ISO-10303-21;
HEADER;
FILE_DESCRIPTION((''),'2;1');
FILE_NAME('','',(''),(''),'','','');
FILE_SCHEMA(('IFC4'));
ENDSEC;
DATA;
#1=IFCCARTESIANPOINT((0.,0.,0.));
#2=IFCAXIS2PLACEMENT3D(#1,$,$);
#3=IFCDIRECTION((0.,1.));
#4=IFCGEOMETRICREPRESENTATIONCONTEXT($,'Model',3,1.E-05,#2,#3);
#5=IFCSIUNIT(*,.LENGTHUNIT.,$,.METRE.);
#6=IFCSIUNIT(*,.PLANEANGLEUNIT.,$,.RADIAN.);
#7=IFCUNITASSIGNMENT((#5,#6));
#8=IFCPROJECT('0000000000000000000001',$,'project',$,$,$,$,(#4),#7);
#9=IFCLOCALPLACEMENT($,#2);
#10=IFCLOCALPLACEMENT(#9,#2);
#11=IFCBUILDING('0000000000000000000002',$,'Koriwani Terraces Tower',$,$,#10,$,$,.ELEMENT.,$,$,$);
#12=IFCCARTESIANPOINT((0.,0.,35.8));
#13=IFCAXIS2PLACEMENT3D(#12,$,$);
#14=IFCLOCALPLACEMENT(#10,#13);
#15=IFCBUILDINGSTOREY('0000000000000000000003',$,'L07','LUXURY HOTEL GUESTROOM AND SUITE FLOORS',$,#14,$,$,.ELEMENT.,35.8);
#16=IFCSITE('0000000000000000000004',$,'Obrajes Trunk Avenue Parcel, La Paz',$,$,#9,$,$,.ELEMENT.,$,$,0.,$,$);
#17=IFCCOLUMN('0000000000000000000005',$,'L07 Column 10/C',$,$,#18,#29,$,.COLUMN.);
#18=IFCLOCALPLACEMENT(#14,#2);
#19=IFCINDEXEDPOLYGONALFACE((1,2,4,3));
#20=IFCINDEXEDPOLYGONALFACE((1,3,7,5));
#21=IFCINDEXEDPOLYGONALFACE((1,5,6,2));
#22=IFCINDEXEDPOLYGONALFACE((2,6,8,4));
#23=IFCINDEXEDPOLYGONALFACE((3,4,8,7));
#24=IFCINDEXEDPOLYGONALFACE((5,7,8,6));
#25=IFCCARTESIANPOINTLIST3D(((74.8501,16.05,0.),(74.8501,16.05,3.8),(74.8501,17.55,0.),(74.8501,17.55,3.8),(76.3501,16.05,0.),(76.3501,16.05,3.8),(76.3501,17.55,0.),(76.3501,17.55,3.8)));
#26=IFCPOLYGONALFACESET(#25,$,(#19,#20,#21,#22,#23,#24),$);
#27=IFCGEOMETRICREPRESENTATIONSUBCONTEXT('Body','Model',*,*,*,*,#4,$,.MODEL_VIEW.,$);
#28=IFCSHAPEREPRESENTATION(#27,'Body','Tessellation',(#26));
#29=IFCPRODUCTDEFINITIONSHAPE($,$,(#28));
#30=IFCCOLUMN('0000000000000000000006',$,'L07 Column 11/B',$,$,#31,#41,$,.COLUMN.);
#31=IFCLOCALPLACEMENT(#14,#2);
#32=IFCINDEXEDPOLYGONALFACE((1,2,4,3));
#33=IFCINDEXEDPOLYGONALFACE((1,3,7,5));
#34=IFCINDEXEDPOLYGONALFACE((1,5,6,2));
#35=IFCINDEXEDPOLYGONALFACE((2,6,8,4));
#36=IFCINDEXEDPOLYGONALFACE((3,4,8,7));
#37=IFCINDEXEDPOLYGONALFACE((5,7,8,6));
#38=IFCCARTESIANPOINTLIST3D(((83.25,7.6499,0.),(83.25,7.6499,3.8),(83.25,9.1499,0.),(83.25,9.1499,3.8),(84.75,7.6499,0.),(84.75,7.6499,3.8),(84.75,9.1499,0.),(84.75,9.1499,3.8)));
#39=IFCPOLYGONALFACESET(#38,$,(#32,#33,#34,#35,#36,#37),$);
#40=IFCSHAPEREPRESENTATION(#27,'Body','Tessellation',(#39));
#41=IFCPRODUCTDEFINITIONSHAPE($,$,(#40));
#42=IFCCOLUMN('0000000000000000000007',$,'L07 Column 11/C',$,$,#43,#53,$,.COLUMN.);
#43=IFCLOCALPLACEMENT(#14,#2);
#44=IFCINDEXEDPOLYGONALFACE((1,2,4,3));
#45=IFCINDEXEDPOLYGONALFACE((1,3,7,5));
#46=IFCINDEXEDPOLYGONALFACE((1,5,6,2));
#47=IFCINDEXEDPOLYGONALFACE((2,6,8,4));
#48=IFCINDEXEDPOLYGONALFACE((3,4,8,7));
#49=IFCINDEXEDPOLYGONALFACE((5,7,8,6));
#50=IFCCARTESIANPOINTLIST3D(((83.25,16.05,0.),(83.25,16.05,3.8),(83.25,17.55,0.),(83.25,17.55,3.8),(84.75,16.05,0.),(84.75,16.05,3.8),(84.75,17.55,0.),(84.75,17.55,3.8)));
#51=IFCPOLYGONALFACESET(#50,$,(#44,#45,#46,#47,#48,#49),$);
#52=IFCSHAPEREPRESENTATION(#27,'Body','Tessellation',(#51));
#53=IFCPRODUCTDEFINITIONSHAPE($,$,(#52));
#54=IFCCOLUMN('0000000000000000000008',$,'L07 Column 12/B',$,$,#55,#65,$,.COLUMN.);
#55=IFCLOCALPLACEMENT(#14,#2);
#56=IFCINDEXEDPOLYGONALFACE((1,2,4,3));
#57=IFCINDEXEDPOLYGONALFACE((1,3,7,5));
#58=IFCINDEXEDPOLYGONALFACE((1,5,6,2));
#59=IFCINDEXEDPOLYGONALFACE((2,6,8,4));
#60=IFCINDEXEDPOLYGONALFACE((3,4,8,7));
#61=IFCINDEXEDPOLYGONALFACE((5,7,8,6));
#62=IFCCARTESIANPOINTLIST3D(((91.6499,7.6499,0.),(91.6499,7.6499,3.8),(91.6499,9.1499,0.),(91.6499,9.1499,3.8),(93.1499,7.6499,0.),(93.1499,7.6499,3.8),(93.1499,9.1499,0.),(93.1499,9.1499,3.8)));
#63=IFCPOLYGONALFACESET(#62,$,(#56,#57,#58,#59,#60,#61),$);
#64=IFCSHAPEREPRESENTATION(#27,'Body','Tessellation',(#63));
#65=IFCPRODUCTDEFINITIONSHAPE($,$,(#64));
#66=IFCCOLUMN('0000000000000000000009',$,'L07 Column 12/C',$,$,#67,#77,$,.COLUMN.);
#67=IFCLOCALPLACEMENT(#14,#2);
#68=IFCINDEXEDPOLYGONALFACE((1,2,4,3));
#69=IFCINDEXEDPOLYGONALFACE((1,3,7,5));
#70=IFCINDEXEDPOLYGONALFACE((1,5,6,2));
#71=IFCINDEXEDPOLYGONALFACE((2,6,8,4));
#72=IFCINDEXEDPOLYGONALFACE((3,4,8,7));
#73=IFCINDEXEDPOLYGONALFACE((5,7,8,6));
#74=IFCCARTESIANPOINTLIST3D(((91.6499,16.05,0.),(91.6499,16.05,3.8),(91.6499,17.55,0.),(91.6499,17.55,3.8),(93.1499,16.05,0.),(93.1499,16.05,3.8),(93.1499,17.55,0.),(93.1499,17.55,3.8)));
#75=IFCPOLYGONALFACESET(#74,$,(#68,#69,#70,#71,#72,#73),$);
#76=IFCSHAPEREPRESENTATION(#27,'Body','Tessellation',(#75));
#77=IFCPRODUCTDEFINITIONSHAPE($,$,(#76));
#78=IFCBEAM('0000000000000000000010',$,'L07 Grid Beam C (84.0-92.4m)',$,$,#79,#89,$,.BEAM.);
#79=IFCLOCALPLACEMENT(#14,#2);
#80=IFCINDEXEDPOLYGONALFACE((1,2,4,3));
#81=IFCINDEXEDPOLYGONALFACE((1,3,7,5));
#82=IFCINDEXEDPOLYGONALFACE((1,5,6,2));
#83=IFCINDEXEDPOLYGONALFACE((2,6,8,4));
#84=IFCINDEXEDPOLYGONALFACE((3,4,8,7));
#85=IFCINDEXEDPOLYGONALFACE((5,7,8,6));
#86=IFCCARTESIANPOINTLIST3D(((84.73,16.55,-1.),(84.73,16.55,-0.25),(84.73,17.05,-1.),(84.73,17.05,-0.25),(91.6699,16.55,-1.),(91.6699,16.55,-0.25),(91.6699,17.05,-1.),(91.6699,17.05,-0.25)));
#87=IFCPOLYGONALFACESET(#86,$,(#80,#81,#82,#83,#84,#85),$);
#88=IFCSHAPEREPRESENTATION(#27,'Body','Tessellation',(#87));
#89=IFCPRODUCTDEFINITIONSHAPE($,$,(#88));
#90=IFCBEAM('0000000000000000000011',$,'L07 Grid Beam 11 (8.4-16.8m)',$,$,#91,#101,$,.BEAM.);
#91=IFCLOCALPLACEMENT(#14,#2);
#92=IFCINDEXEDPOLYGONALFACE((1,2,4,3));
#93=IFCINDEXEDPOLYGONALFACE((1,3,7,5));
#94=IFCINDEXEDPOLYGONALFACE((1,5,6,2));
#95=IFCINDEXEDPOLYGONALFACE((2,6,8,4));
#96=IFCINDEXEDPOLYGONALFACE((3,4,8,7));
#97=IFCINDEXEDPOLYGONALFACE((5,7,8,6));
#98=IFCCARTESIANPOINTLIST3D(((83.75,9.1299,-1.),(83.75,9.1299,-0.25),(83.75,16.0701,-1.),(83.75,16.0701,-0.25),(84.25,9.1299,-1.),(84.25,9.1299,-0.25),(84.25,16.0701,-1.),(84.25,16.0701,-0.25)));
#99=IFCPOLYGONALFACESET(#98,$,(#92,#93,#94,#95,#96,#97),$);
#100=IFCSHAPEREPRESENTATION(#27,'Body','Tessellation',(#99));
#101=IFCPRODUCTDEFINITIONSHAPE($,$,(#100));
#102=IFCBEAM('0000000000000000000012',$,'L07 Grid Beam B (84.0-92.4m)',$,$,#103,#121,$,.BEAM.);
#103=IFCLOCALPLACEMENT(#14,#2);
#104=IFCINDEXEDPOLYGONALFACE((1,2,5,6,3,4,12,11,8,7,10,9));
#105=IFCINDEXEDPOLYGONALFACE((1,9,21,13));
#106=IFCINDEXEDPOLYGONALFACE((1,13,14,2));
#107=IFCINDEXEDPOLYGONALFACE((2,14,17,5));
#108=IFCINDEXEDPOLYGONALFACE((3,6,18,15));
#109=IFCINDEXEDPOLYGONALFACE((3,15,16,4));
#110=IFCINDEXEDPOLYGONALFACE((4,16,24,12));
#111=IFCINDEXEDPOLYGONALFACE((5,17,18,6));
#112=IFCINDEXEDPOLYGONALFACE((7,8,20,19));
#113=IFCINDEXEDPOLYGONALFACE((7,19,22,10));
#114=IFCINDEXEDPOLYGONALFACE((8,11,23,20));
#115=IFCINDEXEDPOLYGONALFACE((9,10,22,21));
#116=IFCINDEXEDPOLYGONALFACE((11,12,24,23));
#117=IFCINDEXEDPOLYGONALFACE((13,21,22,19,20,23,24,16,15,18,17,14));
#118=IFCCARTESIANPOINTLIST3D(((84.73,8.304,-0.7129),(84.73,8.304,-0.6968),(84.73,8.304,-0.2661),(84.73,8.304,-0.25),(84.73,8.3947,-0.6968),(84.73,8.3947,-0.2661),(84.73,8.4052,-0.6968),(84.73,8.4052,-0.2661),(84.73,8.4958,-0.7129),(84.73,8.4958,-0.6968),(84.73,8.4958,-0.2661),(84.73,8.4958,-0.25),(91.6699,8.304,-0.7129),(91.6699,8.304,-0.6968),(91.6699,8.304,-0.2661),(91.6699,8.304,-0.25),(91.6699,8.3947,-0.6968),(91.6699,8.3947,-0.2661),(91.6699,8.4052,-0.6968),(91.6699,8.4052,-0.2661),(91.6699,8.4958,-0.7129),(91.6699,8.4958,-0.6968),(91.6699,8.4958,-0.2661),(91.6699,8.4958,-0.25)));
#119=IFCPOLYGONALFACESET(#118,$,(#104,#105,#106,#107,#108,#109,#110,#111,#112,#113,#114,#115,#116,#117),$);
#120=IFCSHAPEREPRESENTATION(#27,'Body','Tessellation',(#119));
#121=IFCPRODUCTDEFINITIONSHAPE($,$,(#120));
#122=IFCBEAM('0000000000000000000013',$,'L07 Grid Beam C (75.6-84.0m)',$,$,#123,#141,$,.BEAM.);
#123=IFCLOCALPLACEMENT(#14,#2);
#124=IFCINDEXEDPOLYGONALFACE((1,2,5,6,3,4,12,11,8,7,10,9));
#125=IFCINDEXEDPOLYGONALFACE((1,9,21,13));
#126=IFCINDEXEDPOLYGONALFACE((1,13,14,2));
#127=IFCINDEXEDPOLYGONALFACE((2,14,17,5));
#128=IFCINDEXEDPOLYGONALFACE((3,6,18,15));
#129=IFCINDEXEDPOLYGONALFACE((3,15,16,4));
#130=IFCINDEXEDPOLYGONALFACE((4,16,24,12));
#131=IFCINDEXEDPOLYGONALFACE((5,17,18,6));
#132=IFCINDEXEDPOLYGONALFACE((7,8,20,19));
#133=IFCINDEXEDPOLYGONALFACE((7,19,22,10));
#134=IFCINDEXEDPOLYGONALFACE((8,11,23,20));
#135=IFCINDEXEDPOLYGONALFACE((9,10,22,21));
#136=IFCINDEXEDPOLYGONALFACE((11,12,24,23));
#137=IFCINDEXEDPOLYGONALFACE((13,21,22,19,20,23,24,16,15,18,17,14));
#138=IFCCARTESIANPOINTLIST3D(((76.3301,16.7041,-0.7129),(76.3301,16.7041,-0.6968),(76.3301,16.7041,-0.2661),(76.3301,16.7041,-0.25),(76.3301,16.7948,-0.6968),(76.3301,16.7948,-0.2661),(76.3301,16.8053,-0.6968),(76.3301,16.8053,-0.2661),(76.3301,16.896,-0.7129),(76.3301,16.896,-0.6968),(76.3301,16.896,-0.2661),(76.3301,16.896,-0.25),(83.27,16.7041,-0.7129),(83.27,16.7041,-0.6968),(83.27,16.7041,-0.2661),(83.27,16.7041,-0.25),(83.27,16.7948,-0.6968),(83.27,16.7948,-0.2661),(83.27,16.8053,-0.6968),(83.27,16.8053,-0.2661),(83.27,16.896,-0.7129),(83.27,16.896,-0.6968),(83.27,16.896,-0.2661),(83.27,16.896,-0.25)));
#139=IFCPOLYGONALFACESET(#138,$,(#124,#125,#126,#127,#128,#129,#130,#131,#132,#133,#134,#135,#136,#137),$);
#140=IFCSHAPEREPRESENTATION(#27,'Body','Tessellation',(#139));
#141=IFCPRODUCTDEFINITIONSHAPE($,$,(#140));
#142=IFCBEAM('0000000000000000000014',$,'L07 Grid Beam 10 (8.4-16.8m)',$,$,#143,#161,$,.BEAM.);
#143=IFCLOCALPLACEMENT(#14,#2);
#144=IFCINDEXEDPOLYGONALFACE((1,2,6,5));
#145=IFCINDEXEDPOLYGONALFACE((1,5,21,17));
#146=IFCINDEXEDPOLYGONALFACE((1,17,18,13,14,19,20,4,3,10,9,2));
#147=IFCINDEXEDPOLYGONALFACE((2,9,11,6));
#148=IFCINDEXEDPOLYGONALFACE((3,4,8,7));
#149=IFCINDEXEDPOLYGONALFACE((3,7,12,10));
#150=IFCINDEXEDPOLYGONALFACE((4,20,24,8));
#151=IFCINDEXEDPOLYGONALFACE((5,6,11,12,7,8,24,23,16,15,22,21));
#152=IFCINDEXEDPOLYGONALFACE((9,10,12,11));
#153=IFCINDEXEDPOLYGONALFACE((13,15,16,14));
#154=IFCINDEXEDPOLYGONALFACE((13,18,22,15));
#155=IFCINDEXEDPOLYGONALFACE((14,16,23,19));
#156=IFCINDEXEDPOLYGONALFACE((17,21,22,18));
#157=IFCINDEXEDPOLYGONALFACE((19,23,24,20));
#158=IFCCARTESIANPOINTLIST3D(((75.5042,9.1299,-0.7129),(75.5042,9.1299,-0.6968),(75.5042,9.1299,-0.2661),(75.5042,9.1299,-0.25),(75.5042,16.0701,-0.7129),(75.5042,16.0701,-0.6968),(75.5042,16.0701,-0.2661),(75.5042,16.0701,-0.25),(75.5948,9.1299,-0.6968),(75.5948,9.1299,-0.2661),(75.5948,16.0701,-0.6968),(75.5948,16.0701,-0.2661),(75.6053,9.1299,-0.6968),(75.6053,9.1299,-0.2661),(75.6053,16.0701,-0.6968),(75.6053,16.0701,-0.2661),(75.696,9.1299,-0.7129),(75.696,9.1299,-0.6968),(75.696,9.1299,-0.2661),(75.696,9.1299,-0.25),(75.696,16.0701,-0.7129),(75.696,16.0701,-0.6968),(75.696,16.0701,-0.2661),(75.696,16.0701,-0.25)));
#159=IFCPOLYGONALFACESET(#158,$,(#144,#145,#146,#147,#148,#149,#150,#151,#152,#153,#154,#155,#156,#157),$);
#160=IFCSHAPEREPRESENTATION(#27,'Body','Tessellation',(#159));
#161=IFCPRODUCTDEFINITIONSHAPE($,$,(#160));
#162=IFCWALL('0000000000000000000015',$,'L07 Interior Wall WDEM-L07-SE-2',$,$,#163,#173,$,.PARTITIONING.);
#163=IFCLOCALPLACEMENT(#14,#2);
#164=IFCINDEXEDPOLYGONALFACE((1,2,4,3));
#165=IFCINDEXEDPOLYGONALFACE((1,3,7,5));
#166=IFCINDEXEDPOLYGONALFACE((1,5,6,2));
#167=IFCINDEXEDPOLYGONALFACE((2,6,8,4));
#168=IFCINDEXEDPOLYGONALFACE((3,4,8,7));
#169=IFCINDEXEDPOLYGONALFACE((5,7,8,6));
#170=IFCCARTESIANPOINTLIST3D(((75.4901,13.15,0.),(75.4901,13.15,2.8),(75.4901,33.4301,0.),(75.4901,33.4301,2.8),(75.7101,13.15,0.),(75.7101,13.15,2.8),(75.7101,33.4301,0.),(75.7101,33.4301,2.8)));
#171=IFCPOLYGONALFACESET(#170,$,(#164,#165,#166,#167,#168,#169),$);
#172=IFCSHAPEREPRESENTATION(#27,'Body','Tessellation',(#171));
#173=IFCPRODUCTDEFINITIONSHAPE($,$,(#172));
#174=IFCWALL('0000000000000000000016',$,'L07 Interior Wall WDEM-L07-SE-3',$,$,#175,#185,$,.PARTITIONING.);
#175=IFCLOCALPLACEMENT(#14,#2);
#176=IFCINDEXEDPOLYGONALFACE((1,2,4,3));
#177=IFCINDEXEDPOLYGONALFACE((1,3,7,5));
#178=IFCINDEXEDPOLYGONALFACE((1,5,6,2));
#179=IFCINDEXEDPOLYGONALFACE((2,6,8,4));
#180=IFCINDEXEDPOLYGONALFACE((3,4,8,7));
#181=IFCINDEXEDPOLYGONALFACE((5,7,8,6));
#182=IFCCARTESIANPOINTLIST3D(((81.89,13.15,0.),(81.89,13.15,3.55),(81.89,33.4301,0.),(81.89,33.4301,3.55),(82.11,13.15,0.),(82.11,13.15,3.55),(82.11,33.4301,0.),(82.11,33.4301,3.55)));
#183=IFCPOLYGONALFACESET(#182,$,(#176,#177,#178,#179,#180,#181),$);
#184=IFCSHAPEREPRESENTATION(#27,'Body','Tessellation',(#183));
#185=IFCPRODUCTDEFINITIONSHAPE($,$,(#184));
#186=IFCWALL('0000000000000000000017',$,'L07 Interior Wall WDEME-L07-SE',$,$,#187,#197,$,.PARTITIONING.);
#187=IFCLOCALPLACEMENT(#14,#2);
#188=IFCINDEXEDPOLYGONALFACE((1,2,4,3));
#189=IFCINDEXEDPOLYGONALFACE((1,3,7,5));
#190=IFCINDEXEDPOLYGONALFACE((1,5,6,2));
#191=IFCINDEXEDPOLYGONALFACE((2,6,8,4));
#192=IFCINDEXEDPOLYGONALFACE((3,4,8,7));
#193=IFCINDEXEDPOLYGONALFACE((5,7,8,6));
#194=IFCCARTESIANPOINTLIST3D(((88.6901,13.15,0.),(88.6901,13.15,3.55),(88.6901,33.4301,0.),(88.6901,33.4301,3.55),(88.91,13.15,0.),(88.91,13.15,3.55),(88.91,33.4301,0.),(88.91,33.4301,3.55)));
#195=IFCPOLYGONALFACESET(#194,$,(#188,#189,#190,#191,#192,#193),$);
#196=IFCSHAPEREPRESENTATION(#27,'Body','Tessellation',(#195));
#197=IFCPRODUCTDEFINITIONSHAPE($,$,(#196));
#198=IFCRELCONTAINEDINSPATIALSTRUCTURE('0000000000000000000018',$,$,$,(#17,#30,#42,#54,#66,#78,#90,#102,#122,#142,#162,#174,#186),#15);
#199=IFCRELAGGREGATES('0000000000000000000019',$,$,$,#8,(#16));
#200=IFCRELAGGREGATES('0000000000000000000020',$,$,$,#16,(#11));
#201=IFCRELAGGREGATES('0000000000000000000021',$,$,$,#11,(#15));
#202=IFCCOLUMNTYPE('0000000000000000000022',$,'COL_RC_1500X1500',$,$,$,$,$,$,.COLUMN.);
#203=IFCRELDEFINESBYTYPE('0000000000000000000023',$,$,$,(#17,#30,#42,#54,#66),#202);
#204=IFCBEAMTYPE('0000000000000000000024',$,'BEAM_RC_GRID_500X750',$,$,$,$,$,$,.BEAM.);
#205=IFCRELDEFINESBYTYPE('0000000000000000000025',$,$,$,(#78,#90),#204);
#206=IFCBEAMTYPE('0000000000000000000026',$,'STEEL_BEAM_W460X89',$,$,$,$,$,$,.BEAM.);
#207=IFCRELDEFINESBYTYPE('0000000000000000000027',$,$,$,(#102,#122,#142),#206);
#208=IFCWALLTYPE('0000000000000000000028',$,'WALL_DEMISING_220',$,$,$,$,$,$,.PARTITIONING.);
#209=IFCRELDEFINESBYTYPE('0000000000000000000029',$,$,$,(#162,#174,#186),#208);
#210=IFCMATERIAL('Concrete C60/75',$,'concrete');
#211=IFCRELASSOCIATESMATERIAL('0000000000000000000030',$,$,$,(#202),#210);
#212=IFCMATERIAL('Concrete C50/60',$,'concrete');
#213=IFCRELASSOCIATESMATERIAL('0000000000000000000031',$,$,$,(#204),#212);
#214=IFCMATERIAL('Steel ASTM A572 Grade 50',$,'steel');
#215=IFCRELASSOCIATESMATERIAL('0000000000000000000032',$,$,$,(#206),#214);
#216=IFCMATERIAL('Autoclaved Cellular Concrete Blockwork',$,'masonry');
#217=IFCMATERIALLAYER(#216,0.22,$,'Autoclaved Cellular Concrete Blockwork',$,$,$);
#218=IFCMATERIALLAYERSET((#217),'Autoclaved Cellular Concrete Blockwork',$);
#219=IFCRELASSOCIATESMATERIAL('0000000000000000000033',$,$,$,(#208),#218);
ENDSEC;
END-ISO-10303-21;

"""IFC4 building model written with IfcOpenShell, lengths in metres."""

from ifc_helpers import new_model, si_unit, direction, frame, frame_2d, origin, origin_2d, place, context, subcontext, project, spatial, rectangle, i_section, extrude, material, layer, layer_set, material_profile, profile_set, type_object, element, save


model = new_model("IFC4")

# Units and contexts
model_context = context("Model", 3, precision=1e-05, world=origin(), true_north=direction((0.0, 1.0)))
body_context = subcontext(model_context, "Body", "Model", "MODEL_VIEW")
ifc_project = project(units=[si_unit("LENGTHUNIT", "METRE"), si_unit("PLANEANGLEUNIT", "RADIAN")], contexts=[model_context])

# Site, building, storey
site_placement = place(None, origin())
site = spatial("IfcSite", under=ifc_project, at=site_placement, Name="Obrajes Trunk Avenue Parcel, La Paz", CompositionType="ELEMENT", RefElevation=0.0)
building_placement = place(site_placement, origin())
building = spatial("IfcBuilding", under=site, at=building_placement, Name="Koriwani Terraces Tower", CompositionType="ELEMENT")
storey_placement = place(building_placement, frame((0.0, 0.0, 35.8)))
storey = spatial("IfcBuildingStorey", under=building, at=storey_placement, Name="L07", Description="LUXURY HOTEL GUESTROOM AND SUITE FLOORS", CompositionType="ELEMENT", Elevation=35.8)

# Columns
ifc_material_1 = material(Name="Concrete C60/75", Category="concrete")
ifc_material_profile_1 = material_profile(ifc_material_1, rectangle(XDim=1.5, YDim=1.5, at=origin_2d()), Name="Concrete C60/75", Category="LoadBearing")
ifc_profile_set_1 = profile_set([ifc_material_profile_1], Name="Concrete C60/75")
column_type = type_object("IfcColumnType", Name="COL_RC_1500X1500", PredefinedType="COLUMN", material=ifc_profile_set_1)
for number, where, z_axis, x_axis, name in (
    (1, (75.6001, 16.8, 0.0), (0.0, 0.0, 1.0), (1.0, 0.0, 0.0), "L07 Column 10/C"),
    (2, (84.0, 8.3999, 0.0), (0.0, 0.0, 1.0), (1.0, 0.0, 0.0), "L07 Column 11/B"),
    (3, (84.0, 16.8, 0.0), (0.0, 0.0, 1.0), (1.0, 0.0, 0.0), "L07 Column 11/C"),
    (4, (92.3999, 8.3999, 0.0), (0.0, 0.0, 1.0), (1.0, 0.0, 0.0), "L07 Column 12/B"),
    (5, (92.3999, 16.8, 0.0), (0.0, 0.0, 1.0), (1.0, 0.0, 0.0), "L07 Column 12/C"),
):
    element("IfcColumn", number, at=place(storey_placement, frame(where, z_axis=z_axis, x_axis=x_axis)), inside=storey, type_object=column_type, Name=name, PredefinedType="COLUMN", context=body_context, shape_type="SweptSolid", body=[
        extrude(rectangle(XDim=1.5, YDim=1.5, at=origin_2d()), origin(), (0.0, 0.0, 1.0), 3.8),
    ])

# Beams
ifc_material_2 = material(Name="Concrete C50/60", Category="concrete")
ifc_material_profile_2 = material_profile(ifc_material_2, rectangle(XDim=0.5, YDim=0.75, at=origin_2d()), Name="Concrete C50/60", Category="LoadBearing")
ifc_profile_set_2 = profile_set([ifc_material_profile_2], Name="Concrete C50/60")
beam_type_1 = type_object("IfcBeamType", Name="BEAM_RC_GRID_500X750", PredefinedType="BEAM", material=ifc_profile_set_2)
beam_1_placement = place(storey_placement, frame((84.73, 16.8, -0.625), z_axis=(1.0, 0.0, 0.0), x_axis=(0.0, 1.0, 0.0)))
element("IfcBeam", 6, at=beam_1_placement, inside=storey, type_object=beam_type_1, Name="L07 Grid Beam C (84.0-92.4m)", PredefinedType="BEAM", context=body_context, shape_type="SweptSolid", body=[
    extrude(rectangle(XDim=0.5, YDim=0.75, at=origin_2d()), origin(), (0.0, 0.0, 1.0), 6.9399),
])
beam_2_placement = place(storey_placement, frame((84.0, 9.1299, -0.625), z_axis=(0.0, 1.0, 0.0), x_axis=(-1.0, 0.0, 0.0)))
element("IfcBeam", 7, at=beam_2_placement, inside=storey, type_object=beam_type_1, Name="L07 Grid Beam 11 (8.4-16.8m)", PredefinedType="BEAM", context=body_context, shape_type="SweptSolid", body=[
    extrude(rectangle(XDim=0.5, YDim=0.75, at=origin_2d()), origin(), (0.0, 0.0, 1.0), 6.9402),
])
ifc_material_3 = material(Name="Steel ASTM A572 Grade 50", Category="steel")
ifc_material_profile_3 = material_profile(ifc_material_3, i_section(OverallWidth=0.1919, OverallDepth=0.4629, WebThickness=0.0105, FlangeThickness=0.0161, at=origin_2d()), Name="Steel ASTM A572 Grade 50", Category="LoadBearing")
ifc_profile_set_3 = profile_set([ifc_material_profile_3], Name="Steel ASTM A572 Grade 50")
beam_type_2 = type_object("IfcBeamType", Name="STEEL_BEAM_W460X89", PredefinedType="BEAM", material=ifc_profile_set_3)
for number, where, z_axis, x_axis, name in (
    (8, (84.73, 8.3999, -0.4814), (1.0, 0.0, 0.0), (0.0, 1.0, 0.0), "L07 Grid Beam B (84.0-92.4m)"),
    (9, (76.3301, 16.8, -0.4814), (1.0, 0.0, 0.0), (0.0, 1.0, 0.0), "L07 Grid Beam C (75.6-84.0m)"),
):
    element("IfcBeam", number, at=place(storey_placement, frame(where, z_axis=z_axis, x_axis=x_axis)), inside=storey, type_object=beam_type_2, Name=name, PredefinedType="BEAM", context=body_context, shape_type="SweptSolid", body=[
        extrude(i_section(OverallWidth=0.1919, OverallDepth=0.4629, WebThickness=0.0105, FlangeThickness=0.0161, at=origin_2d()), origin(), (0.0, 0.0, 1.0), 6.9399),
    ])
beam_3_placement = place(storey_placement, frame((75.6001, 9.1299, -0.4814), z_axis=(0.0, 1.0, 0.0), x_axis=(-1.0, 0.0, 0.0)))
element("IfcBeam", 10, at=beam_3_placement, inside=storey, type_object=beam_type_2, Name="L07 Grid Beam 10 (8.4-16.8m)", PredefinedType="BEAM", context=body_context, shape_type="SweptSolid", body=[
    extrude(i_section(OverallWidth=0.1919, OverallDepth=0.4629, WebThickness=0.0105, FlangeThickness=0.0161, at=origin_2d()), origin(), (0.0, 0.0, 1.0), 6.9402),
])

# Walls
ifc_material_4 = material(Name="Autoclaved Cellular Concrete Blockwork", Category="masonry")
ifc_layer_1 = layer(ifc_material_4, 0.22, Name="Autoclaved Cellular Concrete Blockwork")
ifc_layer_set_1 = layer_set([ifc_layer_1], Name="Autoclaved Cellular Concrete Blockwork")
wall_type_1 = type_object("IfcWallType", Name="WALL_DEMISING_220", PredefinedType="PARTITIONING", material=ifc_layer_set_1)
wall_placement = place(storey_placement, frame((75.6001, 13.1499, 0.0), z_axis=(0.0, 0.0, 1.0), x_axis=(0.0, 1.0, 0.0)))
element("IfcWall", 11, at=wall_placement, inside=storey, type_object=wall_type_1, Name="L07 Interior Wall WDEM-L07-SE-2", PredefinedType="PARTITIONING", context=body_context, shape_type="SweptSolid", body=[
    extrude(rectangle(XDim=20.28, YDim=0.22, at=frame_2d((10.1401, 0.0))), origin(), (0.0, 0.0, 1.0), 2.8),
])
for number, where, z_axis, x_axis, name in (
    (12, (82.0, 13.1499, 0.0), (0.0, 0.0, 1.0), (0.0, 1.0, 0.0), "L07 Interior Wall WDEM-L07-SE-3"),
    (13, (88.8, 13.1499, 0.0), (0.0, 0.0, 1.0), (0.0, 1.0, 0.0), "L07 Interior Wall WDEME-L07-SE"),
):
    element("IfcWall", number, at=place(storey_placement, frame(where, z_axis=z_axis, x_axis=x_axis)), inside=storey, type_object=wall_type_1, Name=name, PredefinedType="PARTITIONING", context=body_context, shape_type="SweptSolid", body=[
        extrude(rectangle(XDim=20.28, YDim=0.22, at=frame_2d((10.1401, 0.0))), origin(), (0.0, 0.0, 1.0), 3.55),
    ])

save(model, "model.ifc")
